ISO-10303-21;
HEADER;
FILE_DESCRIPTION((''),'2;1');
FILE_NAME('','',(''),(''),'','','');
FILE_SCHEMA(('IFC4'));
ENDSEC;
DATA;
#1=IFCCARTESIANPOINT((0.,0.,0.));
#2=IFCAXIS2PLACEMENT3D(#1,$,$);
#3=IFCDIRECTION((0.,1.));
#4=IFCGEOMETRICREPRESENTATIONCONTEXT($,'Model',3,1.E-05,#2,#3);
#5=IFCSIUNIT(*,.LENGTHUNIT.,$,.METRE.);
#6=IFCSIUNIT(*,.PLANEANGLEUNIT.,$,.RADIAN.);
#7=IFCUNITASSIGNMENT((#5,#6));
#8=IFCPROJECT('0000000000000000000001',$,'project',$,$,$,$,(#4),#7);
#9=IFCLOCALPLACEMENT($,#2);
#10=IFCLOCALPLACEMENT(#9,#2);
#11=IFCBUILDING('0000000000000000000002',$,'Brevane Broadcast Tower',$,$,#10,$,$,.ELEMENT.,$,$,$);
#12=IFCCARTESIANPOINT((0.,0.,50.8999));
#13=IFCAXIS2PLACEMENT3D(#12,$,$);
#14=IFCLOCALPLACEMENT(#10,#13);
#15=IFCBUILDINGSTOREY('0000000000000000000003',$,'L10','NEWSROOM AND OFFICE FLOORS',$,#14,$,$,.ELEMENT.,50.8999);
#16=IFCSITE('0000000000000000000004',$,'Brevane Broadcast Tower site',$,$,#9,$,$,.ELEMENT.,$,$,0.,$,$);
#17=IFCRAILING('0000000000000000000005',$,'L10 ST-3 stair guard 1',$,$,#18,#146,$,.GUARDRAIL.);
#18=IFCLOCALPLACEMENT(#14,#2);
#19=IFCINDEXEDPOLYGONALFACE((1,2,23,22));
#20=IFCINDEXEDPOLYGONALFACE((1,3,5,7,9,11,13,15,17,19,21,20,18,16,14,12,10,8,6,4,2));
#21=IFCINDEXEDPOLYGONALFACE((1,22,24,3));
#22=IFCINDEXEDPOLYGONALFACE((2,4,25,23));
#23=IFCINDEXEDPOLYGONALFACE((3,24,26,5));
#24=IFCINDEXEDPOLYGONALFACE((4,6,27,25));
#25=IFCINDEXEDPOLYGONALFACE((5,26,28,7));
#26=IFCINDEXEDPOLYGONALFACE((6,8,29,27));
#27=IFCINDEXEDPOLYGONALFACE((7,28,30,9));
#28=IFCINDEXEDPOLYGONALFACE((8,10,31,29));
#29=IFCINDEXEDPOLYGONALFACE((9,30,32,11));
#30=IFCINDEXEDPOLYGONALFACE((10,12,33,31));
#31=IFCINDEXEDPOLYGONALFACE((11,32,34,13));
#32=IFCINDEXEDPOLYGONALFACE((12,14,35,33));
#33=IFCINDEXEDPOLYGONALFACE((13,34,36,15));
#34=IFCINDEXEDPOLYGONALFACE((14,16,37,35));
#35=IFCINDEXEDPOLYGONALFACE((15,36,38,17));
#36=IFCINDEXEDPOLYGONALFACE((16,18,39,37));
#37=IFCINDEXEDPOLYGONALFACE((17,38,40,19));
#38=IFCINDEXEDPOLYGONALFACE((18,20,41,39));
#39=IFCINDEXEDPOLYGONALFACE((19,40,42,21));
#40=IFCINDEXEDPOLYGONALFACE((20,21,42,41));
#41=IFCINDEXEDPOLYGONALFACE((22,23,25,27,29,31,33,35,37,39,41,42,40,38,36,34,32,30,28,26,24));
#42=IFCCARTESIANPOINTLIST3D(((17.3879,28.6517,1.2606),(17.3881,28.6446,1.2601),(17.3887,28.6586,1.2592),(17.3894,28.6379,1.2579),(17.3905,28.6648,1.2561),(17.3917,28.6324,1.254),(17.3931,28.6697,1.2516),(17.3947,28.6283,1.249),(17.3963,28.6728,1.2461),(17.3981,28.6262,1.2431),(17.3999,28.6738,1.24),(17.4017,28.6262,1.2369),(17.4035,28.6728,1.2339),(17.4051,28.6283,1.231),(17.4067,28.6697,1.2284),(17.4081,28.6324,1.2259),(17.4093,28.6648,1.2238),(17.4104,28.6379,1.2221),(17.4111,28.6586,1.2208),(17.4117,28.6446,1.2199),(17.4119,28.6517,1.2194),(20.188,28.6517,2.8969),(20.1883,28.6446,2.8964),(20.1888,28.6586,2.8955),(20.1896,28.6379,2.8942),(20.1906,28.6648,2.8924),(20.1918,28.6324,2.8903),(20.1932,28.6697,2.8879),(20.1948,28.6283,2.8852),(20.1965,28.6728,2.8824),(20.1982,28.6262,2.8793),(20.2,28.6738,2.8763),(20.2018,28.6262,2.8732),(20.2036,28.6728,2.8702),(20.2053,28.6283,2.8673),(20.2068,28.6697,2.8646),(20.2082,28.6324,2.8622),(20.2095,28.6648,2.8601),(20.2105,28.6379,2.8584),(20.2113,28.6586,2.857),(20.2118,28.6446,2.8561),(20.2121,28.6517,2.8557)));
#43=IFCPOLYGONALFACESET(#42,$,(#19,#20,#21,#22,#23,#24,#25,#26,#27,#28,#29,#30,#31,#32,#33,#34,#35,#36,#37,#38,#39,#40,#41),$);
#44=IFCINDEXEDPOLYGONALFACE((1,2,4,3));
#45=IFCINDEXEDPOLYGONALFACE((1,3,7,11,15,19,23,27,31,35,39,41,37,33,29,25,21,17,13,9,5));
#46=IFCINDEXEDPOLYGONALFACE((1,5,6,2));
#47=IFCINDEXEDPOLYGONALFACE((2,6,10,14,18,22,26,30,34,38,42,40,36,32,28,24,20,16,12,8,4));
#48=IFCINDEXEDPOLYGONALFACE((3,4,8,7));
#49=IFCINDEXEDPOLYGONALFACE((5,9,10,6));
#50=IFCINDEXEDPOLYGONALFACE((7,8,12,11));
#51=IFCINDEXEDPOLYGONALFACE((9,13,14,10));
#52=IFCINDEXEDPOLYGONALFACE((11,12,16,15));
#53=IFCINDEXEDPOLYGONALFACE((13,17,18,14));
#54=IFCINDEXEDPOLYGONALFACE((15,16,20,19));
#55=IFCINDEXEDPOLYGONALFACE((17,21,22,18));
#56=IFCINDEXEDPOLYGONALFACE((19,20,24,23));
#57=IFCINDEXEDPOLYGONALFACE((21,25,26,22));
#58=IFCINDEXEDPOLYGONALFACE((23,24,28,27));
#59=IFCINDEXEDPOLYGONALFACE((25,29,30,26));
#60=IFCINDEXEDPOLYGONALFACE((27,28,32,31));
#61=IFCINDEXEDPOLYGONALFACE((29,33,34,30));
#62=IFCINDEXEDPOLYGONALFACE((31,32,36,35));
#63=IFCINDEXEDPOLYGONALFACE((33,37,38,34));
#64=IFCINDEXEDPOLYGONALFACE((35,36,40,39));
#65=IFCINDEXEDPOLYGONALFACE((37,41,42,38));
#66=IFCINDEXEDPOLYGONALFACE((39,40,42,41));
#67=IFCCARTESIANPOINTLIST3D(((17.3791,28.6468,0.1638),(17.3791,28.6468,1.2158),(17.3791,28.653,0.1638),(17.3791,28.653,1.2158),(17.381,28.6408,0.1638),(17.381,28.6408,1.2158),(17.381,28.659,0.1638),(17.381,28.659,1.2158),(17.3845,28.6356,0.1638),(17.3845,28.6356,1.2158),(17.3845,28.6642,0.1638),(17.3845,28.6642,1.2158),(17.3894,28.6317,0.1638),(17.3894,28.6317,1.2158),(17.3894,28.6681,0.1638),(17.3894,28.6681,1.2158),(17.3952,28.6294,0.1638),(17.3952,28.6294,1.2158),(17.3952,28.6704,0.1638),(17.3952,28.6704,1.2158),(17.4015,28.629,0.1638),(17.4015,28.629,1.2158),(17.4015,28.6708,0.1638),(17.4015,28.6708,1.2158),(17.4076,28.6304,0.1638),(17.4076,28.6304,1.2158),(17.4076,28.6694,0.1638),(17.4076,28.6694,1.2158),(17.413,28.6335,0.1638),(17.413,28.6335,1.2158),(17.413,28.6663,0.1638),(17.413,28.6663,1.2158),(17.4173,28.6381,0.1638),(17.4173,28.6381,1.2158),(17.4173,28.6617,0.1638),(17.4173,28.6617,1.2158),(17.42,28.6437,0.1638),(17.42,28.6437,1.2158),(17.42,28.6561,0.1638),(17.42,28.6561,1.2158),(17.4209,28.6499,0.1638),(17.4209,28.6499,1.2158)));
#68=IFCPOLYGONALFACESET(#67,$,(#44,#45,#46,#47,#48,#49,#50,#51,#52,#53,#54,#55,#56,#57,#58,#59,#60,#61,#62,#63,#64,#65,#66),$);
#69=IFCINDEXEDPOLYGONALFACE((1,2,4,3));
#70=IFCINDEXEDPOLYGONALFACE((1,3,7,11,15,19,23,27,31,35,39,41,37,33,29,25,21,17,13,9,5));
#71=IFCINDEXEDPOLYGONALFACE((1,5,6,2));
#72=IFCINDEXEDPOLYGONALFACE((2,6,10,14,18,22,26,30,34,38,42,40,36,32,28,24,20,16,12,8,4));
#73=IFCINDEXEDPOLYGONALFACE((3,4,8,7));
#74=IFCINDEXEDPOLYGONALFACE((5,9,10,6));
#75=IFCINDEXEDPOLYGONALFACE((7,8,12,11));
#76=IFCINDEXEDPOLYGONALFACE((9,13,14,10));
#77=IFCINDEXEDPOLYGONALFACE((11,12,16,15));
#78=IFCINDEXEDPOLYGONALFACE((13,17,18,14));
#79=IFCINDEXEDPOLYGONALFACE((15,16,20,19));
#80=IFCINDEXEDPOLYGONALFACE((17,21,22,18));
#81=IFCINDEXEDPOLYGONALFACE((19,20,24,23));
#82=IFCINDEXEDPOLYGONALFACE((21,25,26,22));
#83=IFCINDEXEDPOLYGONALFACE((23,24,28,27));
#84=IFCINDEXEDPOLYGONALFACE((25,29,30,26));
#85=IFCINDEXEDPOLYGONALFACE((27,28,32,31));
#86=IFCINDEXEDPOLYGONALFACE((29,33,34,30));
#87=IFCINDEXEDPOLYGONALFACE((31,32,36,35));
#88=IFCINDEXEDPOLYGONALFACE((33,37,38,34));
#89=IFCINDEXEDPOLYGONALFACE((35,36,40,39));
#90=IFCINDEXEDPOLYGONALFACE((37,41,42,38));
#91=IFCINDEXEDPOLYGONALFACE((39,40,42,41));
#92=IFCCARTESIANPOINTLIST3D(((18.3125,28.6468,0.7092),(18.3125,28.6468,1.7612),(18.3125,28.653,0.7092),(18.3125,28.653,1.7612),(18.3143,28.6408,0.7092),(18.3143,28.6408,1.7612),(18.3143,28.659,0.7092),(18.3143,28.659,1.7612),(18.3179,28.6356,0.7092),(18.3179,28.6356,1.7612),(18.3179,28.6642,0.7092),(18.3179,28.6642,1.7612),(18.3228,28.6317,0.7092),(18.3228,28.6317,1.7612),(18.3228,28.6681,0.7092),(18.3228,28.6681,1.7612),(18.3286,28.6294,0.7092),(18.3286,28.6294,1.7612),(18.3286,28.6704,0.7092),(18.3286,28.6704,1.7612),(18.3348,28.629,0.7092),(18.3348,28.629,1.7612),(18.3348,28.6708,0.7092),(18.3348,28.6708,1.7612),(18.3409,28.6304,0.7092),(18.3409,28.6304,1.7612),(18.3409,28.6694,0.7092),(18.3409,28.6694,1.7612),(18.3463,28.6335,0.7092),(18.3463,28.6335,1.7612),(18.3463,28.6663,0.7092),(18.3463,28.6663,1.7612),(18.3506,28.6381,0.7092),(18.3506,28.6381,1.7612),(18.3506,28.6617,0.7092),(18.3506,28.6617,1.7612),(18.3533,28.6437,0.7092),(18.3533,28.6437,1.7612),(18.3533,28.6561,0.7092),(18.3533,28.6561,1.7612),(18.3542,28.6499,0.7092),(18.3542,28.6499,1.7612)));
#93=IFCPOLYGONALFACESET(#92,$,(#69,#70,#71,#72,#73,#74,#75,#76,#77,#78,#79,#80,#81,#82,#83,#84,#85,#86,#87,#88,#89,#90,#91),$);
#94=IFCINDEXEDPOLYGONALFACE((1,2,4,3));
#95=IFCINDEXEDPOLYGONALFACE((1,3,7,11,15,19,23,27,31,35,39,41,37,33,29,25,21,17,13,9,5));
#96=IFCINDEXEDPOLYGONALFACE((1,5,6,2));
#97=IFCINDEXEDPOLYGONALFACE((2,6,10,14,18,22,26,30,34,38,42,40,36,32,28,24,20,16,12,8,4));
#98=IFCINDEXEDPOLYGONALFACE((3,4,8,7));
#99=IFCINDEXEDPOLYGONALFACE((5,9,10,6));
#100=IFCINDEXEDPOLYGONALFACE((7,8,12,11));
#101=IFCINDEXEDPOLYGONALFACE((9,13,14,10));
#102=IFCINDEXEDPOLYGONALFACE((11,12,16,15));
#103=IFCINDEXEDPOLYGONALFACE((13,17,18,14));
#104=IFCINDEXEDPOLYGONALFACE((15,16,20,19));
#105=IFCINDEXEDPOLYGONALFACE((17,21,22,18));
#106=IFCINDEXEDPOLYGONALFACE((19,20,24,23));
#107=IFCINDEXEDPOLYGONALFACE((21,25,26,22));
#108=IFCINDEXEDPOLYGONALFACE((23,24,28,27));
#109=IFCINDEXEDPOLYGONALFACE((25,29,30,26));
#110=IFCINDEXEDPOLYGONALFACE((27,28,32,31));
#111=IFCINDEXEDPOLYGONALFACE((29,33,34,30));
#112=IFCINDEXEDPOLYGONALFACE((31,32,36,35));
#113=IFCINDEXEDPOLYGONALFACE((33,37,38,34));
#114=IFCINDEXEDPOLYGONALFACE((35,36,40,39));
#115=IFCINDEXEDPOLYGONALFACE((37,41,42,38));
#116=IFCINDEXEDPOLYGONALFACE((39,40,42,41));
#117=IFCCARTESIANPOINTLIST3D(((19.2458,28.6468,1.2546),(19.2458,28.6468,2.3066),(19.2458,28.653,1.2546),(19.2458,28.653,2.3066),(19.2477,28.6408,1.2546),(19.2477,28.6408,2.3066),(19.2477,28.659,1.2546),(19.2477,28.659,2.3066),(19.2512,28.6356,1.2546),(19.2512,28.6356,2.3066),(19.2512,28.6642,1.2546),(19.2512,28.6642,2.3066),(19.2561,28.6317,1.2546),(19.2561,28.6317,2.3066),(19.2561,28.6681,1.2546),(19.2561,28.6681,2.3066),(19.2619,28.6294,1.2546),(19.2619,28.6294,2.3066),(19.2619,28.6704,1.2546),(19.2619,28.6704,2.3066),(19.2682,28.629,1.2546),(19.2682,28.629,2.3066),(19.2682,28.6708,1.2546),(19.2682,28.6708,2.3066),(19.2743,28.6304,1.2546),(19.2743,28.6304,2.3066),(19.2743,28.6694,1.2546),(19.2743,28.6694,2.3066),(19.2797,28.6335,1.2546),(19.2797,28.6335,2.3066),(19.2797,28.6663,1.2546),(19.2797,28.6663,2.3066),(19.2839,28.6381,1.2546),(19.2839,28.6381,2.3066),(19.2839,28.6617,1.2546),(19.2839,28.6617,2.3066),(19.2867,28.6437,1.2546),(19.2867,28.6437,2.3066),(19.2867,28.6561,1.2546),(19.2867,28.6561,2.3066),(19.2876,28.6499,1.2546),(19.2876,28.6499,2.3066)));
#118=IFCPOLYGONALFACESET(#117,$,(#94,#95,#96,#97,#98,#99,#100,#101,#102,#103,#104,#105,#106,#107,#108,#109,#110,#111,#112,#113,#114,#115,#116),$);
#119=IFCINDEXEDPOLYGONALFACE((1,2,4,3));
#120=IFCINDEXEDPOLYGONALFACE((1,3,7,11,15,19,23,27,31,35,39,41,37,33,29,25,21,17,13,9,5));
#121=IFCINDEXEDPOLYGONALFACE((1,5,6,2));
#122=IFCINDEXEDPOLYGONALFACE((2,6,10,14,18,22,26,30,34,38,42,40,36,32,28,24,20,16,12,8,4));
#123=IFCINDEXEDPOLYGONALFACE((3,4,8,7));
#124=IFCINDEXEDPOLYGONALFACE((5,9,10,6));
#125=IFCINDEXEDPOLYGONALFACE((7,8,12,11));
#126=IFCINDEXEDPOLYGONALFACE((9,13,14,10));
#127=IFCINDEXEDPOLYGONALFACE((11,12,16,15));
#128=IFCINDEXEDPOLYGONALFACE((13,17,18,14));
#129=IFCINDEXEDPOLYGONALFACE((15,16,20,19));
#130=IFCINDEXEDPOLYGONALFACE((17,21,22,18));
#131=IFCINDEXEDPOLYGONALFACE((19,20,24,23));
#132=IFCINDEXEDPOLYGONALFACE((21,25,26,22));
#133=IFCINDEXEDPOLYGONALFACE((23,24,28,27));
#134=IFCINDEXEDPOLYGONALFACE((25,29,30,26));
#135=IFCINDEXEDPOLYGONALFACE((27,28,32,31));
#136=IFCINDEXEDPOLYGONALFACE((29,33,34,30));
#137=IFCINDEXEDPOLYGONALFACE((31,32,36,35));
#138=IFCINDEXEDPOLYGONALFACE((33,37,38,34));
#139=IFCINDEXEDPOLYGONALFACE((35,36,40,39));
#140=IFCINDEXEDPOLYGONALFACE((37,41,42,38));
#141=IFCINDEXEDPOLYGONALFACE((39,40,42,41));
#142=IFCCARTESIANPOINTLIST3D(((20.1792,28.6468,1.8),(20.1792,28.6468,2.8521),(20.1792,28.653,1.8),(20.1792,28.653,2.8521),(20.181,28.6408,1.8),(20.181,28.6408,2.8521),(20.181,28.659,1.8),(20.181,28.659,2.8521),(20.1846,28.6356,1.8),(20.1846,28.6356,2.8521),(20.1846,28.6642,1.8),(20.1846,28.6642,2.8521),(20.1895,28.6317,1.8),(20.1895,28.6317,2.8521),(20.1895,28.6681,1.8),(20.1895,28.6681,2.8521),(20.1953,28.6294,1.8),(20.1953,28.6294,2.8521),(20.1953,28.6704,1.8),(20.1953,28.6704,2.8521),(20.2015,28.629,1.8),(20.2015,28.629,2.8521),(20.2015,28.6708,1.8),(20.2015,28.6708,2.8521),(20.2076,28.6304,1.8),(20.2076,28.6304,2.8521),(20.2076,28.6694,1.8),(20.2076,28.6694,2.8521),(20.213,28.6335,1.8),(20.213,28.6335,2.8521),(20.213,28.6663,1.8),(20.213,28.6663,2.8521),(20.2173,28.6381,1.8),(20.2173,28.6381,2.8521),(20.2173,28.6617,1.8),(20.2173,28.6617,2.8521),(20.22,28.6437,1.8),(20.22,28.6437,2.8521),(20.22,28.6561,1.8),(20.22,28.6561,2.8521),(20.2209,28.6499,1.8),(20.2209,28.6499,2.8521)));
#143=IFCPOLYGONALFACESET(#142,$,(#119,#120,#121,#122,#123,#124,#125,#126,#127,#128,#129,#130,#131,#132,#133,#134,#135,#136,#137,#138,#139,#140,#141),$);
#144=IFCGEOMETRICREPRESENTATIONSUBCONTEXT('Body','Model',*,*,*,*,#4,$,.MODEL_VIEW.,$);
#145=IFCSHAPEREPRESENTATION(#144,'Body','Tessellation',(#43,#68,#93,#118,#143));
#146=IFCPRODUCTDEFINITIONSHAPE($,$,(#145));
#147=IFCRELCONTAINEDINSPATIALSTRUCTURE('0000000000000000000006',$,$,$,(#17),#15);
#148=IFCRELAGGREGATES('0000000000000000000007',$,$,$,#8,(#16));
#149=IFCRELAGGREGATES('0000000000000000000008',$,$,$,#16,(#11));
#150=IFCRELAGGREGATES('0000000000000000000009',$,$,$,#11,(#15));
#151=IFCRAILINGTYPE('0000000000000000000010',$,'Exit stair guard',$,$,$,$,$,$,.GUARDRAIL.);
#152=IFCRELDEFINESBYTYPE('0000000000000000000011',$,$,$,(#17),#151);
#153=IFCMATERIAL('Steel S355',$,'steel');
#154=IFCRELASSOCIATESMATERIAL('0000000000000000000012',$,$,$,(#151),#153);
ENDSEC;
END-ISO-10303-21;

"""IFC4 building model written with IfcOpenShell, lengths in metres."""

from ifc_helpers import new_model, si_unit, direction, frame, origin, origin_2d, place, context, subcontext, project, spatial, circle, extrude, material, type_object, element, save


model = new_model("IFC4")

# Units and contexts
model_context = context("Model", 3, precision=1e-05, world=origin(), true_north=direction((0.0, 1.0)))
body_context = subcontext(model_context, "Body", "Model", "MODEL_VIEW")
ifc_project = project(units=[si_unit("LENGTHUNIT", "METRE"), si_unit("PLANEANGLEUNIT", "RADIAN")], contexts=[model_context])

# Site, building, storey
site_placement = place(None, origin())
site = spatial("IfcSite", under=ifc_project, at=site_placement, Name="Brevane Broadcast Tower site", CompositionType="ELEMENT", RefElevation=0.0)
building_placement = place(site_placement, origin())
building = spatial("IfcBuilding", under=site, at=building_placement, Name="Brevane Broadcast Tower", CompositionType="ELEMENT")
storey_placement = place(building_placement, frame((0.0, 0.0, 50.8999)))
storey = spatial("IfcBuildingStorey", under=building, at=storey_placement, Name="L10", Description="NEWSROOM AND OFFICE FLOORS", CompositionType="ELEMENT", Elevation=50.8999)

# Railing
ifc_material_1 = material(Name="Steel S355", Category="steel")
railing_type_1 = type_object("IfcRailingType", Name="Exit stair guard", PredefinedType="GUARDRAIL", material=ifc_material_1)
railing_1_placement = place(storey_placement, frame((17.3999, 28.6499, 0.1638)))
element("IfcRailing", 1, at=railing_1_placement, inside=storey, type_object=railing_type_1, Name="L10 ST-3 stair guard 1", PredefinedType="GUARDRAIL", context=body_context, shape_type="SweptSolid", body=[
    extrude(circle(Radius=0.0239, at=origin_2d()), frame((0.0, 0.0, 1.0762), z_axis=(0.863394, 0.0, 0.504531), x_axis=(0.0, 1.0, 0.0)), (0.0, 0.0, 1.0), 3.2432),
    extrude(circle(Radius=0.021, at=origin_2d()), origin(), (0.0, 0.0, 1.0), 1.052),
    extrude(circle(Radius=0.021, at=origin_2d()), frame((0.9333, 0.0, 0.5454)), (0.0, 0.0, 1.0), 1.052),
    extrude(circle(Radius=0.021, at=origin_2d()), frame((1.8667, 0.0, 1.0908)), (0.0, 0.0, 1.0), 1.052),
    extrude(circle(Radius=0.021, at=origin_2d()), frame((2.8, 0.0, 1.6362)), (0.0, 0.0, 1.0), 1.052),
])

save(model, "model.ifc")
